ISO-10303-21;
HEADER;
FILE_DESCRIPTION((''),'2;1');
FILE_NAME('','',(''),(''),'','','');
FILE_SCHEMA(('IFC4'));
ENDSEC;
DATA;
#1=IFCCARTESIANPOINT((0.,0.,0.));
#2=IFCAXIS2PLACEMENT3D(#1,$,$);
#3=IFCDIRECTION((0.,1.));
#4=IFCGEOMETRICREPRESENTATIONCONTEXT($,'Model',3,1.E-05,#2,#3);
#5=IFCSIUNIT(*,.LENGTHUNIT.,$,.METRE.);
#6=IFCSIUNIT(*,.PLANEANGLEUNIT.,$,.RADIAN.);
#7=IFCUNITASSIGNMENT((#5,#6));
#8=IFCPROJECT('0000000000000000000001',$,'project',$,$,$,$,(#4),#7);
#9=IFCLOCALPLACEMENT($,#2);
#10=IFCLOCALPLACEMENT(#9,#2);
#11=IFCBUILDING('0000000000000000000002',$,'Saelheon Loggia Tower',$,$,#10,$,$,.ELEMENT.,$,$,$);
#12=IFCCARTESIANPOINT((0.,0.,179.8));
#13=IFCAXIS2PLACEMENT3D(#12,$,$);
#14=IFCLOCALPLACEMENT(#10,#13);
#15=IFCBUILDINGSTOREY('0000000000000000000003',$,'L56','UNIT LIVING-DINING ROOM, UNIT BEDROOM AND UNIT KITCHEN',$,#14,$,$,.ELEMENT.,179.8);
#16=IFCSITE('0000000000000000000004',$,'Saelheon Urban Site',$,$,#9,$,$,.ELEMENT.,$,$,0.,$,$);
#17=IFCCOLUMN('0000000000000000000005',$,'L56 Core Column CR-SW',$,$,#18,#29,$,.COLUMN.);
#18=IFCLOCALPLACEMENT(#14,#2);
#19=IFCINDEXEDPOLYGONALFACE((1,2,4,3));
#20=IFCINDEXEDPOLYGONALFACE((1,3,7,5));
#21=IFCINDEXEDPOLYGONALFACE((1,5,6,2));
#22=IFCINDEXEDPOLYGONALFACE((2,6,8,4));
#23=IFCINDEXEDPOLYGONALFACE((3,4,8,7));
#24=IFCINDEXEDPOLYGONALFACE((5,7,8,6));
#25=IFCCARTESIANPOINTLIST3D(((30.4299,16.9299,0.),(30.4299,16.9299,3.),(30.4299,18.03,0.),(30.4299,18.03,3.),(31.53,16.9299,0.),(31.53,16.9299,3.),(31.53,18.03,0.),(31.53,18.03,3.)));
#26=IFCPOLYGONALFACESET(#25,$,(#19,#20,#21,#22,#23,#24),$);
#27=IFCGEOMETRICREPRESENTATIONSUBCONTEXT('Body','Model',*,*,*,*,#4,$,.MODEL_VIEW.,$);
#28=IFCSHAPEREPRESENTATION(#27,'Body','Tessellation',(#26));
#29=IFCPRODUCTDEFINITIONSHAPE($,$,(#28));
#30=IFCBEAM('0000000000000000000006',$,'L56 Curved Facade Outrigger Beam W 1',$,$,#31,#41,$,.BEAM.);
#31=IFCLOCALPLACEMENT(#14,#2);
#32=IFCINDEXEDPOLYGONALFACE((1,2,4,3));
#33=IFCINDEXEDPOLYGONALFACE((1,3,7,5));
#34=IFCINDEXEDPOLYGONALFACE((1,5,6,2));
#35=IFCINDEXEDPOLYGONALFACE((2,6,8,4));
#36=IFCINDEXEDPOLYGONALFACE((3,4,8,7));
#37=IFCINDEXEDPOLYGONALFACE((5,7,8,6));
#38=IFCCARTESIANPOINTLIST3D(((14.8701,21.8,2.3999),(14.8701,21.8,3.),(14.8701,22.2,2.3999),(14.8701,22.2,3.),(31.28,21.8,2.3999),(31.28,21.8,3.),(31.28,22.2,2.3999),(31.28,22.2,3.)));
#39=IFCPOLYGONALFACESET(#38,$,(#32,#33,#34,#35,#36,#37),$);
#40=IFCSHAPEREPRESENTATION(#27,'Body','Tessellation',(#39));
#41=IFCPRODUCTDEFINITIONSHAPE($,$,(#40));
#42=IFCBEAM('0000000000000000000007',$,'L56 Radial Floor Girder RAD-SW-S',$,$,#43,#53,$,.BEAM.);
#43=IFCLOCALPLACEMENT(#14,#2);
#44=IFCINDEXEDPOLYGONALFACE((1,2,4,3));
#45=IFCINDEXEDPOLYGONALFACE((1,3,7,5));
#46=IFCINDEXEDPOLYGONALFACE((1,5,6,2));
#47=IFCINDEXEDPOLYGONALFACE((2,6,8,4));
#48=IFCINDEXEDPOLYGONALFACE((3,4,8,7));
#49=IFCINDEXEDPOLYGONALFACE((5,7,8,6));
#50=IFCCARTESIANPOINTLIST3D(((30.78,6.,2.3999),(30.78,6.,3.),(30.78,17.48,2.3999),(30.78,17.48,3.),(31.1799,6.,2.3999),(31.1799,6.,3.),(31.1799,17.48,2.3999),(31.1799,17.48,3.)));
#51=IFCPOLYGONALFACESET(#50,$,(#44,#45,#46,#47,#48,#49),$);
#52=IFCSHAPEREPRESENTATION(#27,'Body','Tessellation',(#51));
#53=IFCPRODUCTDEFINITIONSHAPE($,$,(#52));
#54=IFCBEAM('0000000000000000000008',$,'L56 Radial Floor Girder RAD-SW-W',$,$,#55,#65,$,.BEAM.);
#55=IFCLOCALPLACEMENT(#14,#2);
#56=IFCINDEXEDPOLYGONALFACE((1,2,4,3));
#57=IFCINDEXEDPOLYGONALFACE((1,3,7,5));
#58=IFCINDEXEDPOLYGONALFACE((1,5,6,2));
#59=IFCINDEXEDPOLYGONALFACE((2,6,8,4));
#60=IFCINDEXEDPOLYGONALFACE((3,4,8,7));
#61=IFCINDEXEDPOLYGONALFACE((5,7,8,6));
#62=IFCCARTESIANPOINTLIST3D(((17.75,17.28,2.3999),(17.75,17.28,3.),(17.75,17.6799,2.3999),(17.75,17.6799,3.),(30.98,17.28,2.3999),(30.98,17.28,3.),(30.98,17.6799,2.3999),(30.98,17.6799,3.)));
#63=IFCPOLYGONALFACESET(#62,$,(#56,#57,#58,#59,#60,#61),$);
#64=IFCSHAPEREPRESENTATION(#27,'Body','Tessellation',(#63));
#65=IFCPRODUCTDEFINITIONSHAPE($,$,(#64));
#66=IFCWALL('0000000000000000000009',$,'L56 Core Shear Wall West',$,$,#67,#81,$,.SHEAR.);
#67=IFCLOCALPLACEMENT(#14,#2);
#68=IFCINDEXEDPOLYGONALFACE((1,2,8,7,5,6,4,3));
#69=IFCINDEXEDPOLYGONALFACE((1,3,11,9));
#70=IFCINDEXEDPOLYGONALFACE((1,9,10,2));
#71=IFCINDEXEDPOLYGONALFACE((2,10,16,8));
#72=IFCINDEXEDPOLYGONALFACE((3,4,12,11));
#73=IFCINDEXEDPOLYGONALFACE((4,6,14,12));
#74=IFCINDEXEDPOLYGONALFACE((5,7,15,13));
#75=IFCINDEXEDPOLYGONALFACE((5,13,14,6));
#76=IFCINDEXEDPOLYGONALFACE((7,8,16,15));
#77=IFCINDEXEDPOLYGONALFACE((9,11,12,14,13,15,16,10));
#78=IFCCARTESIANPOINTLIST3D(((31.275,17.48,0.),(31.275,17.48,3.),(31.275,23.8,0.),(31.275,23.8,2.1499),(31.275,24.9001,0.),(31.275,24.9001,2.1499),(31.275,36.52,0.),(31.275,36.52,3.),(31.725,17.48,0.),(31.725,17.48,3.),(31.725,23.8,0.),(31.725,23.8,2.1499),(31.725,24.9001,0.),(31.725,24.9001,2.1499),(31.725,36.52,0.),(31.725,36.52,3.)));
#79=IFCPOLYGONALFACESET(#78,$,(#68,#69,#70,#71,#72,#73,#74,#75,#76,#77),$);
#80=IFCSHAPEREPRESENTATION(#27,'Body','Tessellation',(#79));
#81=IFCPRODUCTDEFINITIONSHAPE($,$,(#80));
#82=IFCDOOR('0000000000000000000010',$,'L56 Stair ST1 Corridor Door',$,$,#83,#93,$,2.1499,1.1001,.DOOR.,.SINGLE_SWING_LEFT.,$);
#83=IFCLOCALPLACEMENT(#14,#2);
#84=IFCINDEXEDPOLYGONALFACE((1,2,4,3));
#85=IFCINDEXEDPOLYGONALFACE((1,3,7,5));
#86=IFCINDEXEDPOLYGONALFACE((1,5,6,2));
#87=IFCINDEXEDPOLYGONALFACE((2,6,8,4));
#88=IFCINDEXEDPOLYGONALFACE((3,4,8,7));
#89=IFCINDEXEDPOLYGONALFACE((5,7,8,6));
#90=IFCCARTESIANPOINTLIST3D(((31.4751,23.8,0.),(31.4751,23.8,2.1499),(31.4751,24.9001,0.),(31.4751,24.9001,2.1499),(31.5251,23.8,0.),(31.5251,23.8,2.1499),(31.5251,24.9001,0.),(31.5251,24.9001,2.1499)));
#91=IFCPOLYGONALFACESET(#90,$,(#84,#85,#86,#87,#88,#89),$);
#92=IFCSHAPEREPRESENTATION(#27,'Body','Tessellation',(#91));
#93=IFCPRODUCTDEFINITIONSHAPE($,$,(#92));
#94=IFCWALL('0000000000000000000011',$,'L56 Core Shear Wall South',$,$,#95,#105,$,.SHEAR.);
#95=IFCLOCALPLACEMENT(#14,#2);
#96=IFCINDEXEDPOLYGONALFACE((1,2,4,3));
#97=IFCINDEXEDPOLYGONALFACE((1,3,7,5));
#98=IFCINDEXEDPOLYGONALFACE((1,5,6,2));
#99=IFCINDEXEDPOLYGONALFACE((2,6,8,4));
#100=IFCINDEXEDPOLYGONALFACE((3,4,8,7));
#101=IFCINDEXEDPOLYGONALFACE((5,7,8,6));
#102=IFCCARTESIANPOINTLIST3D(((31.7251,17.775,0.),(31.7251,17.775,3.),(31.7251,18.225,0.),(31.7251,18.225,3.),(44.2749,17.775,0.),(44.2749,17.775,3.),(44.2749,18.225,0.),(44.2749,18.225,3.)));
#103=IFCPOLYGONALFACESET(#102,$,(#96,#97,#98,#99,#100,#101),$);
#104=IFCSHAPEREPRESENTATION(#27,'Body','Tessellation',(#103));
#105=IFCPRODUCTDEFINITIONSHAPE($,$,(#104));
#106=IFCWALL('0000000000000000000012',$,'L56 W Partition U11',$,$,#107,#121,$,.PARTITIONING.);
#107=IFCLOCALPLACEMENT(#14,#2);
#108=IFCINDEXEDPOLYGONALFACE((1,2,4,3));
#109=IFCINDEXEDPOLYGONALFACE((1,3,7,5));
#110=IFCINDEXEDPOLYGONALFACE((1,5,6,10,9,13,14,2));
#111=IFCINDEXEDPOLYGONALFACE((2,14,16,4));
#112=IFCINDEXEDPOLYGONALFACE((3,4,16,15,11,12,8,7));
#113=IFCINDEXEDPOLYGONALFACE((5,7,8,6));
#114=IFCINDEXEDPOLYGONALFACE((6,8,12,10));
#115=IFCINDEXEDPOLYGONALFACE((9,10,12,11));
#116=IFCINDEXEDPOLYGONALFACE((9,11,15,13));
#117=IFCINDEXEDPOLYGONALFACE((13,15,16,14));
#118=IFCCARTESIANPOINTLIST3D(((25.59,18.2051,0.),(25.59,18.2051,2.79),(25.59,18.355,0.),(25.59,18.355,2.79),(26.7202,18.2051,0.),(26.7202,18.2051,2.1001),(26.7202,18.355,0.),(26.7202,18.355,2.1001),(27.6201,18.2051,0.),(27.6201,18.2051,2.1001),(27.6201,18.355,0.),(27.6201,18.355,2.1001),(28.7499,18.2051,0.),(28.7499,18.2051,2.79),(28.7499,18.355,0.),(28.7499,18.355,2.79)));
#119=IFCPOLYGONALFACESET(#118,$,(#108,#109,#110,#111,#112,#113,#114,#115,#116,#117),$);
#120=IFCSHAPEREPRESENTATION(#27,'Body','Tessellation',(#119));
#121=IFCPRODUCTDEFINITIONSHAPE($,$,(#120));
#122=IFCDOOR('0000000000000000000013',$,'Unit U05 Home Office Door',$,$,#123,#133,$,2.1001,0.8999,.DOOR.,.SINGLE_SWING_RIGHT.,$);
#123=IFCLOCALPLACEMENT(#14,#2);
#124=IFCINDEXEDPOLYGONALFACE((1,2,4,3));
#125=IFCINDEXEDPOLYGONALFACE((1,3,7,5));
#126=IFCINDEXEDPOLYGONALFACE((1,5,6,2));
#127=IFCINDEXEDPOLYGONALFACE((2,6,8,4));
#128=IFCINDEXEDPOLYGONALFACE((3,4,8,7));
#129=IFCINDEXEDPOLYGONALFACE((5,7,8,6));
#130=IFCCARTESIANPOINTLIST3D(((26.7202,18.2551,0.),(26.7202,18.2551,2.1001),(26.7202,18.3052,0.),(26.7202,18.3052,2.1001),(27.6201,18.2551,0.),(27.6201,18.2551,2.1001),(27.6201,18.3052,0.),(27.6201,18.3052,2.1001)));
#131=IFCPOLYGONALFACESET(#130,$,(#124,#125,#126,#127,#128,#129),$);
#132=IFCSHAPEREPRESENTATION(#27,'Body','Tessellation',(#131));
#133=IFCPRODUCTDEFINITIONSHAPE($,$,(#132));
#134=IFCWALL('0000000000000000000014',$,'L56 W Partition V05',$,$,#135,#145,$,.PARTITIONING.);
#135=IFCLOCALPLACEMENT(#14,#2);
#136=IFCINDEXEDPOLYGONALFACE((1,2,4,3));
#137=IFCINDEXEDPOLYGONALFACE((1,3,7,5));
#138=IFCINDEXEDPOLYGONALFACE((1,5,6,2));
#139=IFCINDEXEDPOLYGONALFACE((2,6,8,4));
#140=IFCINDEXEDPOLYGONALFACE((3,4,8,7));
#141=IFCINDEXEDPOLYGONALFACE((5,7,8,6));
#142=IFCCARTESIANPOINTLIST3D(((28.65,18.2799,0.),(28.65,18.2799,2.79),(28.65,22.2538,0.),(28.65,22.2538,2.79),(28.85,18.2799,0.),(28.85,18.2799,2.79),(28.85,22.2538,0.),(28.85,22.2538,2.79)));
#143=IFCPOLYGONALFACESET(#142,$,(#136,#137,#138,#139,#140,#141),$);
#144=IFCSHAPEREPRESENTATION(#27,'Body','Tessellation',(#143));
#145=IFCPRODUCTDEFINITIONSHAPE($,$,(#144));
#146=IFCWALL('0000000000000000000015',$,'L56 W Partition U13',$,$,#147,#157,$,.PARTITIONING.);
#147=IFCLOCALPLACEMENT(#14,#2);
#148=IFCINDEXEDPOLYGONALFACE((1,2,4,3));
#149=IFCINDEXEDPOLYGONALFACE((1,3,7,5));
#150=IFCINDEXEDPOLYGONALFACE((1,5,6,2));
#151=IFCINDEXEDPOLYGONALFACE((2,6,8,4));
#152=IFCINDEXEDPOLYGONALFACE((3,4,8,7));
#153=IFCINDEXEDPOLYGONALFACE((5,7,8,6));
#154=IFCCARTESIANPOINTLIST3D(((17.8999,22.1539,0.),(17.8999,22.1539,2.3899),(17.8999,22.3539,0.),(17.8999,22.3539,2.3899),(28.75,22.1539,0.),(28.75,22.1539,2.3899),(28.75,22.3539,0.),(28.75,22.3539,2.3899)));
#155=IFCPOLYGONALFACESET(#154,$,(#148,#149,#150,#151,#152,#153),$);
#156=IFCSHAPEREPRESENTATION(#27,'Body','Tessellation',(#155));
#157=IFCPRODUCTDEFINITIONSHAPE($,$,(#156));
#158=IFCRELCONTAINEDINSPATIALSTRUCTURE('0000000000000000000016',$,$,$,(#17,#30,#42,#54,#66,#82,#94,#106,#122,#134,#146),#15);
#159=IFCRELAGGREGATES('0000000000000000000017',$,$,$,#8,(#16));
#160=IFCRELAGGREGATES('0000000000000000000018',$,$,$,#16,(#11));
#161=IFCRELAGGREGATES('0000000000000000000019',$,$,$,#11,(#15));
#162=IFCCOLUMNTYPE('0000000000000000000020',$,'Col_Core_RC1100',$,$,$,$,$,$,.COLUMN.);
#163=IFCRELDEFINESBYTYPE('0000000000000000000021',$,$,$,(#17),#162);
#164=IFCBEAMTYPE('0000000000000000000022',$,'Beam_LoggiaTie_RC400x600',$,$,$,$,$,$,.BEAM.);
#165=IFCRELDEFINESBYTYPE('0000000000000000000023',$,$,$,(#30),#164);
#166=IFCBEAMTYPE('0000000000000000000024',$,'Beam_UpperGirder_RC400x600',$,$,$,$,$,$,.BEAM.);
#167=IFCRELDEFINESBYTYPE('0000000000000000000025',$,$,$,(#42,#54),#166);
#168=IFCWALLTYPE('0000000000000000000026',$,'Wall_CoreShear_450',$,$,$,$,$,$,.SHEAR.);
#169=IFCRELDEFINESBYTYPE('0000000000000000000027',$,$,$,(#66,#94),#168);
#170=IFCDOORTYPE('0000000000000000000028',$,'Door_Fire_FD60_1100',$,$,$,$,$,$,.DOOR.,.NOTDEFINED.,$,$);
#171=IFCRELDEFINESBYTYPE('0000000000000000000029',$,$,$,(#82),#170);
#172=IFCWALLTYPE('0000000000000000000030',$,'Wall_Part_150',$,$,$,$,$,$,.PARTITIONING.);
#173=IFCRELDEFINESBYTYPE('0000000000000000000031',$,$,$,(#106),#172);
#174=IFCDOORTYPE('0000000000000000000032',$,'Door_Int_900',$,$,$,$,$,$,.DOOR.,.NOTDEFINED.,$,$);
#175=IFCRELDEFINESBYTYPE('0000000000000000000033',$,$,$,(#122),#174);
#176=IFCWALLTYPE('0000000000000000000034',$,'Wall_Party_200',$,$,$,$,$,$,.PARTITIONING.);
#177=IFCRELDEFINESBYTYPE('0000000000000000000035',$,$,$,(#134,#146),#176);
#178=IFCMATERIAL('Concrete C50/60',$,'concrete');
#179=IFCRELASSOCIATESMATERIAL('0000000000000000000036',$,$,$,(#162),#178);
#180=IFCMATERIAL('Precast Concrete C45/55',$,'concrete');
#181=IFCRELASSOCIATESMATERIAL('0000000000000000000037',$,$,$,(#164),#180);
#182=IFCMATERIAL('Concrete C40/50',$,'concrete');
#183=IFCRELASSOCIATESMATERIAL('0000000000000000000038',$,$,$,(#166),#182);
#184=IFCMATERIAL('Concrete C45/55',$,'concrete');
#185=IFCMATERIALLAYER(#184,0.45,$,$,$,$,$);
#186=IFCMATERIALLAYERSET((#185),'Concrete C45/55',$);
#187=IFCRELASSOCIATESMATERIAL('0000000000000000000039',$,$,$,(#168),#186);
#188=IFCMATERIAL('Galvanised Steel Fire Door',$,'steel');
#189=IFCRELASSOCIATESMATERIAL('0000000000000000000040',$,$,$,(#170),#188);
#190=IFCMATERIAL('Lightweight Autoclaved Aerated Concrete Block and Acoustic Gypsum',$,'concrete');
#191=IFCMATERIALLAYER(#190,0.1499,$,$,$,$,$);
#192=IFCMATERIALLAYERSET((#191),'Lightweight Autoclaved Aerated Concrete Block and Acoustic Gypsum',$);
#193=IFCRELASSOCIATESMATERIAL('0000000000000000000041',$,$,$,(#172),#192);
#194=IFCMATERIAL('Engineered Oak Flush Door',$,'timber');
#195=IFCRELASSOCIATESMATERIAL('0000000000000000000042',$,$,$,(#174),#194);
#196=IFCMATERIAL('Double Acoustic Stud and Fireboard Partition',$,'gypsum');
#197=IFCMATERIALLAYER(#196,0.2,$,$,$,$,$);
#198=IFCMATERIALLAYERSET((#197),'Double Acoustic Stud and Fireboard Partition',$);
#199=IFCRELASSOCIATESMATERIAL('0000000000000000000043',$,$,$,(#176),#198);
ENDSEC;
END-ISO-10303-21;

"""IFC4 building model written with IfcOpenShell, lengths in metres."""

from ifc_helpers import new_model, si_unit, direction, frame, frame_2d, origin, origin_2d, place, context, subcontext, project, spatial, rectangle, extrude, source, transform, mapped, material, layer, layer_set, material_profile, profile_set, type_object, element, fill, save


model = new_model("IFC4")

# Units and contexts
model_context = context("Model", 3, precision=1e-05, world=origin(), true_north=direction((0.0, 1.0)))
body_context = subcontext(model_context, "Body", "Model", "MODEL_VIEW")
ifc_project = project(units=[si_unit("LENGTHUNIT", "METRE"), si_unit("PLANEANGLEUNIT", "RADIAN")], contexts=[model_context])

# Site, building, storey
site_placement = place(None, origin())
site = spatial("IfcSite", under=ifc_project, at=site_placement, Name="Saelheon Urban Site", CompositionType="ELEMENT", RefElevation=0.0)
building_placement = place(site_placement, origin())
building = spatial("IfcBuilding", under=site, at=building_placement, Name="Saelheon Loggia Tower", CompositionType="ELEMENT")
storey_placement = place(building_placement, frame((0.0, 0.0, 179.8)))
storey = spatial("IfcBuildingStorey", under=building, at=storey_placement, Name="L56", Description="UNIT LIVING-DINING ROOM, UNIT BEDROOM AND UNIT KITCHEN", CompositionType="ELEMENT", Elevation=179.8)

# Column
ifc_material_1 = material(Name="Concrete C50/60", Category="concrete")
ifc_material_profile_1 = material_profile(ifc_material_1, rectangle(XDim=1.1001, YDim=1.1001, at=origin_2d()), Name="RC-1100x1100")
ifc_profile_set_1 = profile_set([ifc_material_profile_1], Name="Concrete C50/60")
column_type = type_object("IfcColumnType", Name="Col_Core_RC1100", PredefinedType="COLUMN", material=ifc_profile_set_1)
shared_shape_1 = source(origin(), body_context, "Body", "SweptSolid", [
    extrude(rectangle(XDim=1.1001, YDim=1.1001, at=origin_2d()), origin(), (0.0, 0.0, 1.0), 3.0),
])
column_placement = place(storey_placement, frame((30.98, 17.48, 0.0), z_axis=(0.0, 0.0, 1.0), x_axis=(1.0, 0.0, 0.0)))
element("IfcColumn", 1, at=column_placement, inside=storey, type_object=column_type, Name="L56 Core Column CR-SW", PredefinedType="COLUMN", context=body_context, shape_type="MappedRepresentation", body=[
    mapped(shared_shape_1, transform((0.0, 0.0, 0.0), scale=1.0)),
])

# Beams
ifc_material_2 = material(Name="Precast Concrete C45/55", Category="concrete")
ifc_material_profile_2 = material_profile(ifc_material_2, rectangle(XDim=0.3999, YDim=0.6001, at=origin_2d()), Name="RC-400x600")
ifc_profile_set_2 = profile_set([ifc_material_profile_2], Name="Precast Concrete C45/55")
beam_type_1 = type_object("IfcBeamType", Name="Beam_LoggiaTie_RC400x600", PredefinedType="BEAM", material=ifc_profile_set_2)
shared_shape_2 = source(origin(), body_context, "Body", "SweptSolid", [
    extrude(rectangle(XDim=0.3999, YDim=0.6001, at=origin_2d()), origin(), (0.0, 0.0, 1.0), 16.4099),
])
beam_1_placement = place(storey_placement, frame((31.28, 22.0, 2.7), z_axis=(-1.0, 0.0, 0.0), x_axis=(0.0, -1.0, 0.0)))
element("IfcBeam", 2, at=beam_1_placement, inside=storey, type_object=beam_type_1, Name="L56 Curved Facade Outrigger Beam W 1", PredefinedType="BEAM", context=body_context, shape_type="MappedRepresentation", body=[
    mapped(shared_shape_2, transform((0.0, 0.0, 0.0), scale=1.0)),
])
ifc_material_3 = material(Name="Concrete C40/50", Category="concrete")
ifc_material_profile_3 = material_profile(ifc_material_3, rectangle(XDim=0.3999, YDim=0.6001, at=origin_2d()), Name="RC-400x600")
ifc_profile_set_3 = profile_set([ifc_material_profile_3], Name="Concrete C40/50")
beam_type_2 = type_object("IfcBeamType", Name="Beam_UpperGirder_RC400x600", PredefinedType="BEAM", material=ifc_profile_set_3)
shared_shape_3 = source(origin(), body_context, "Body", "SweptSolid", [
    extrude(rectangle(XDim=0.3999, YDim=0.6001, at=origin_2d()), origin(), (0.0, 0.0, 1.0), 11.48),
])
beam_2_placement = place(storey_placement, frame((30.98, 17.48, 2.7), z_axis=(0.0, -1.0, 0.0), x_axis=(1.0, 0.0, 0.0)))
element("IfcBeam", 3, at=beam_2_placement, inside=storey, type_object=beam_type_2, Name="L56 Radial Floor Girder RAD-SW-S", PredefinedType="BEAM", context=body_context, shape_type="MappedRepresentation", body=[
    mapped(shared_shape_3, transform((0.0, 0.0, 0.0), scale=1.0)),
])
shared_shape_4 = source(origin(), body_context, "Body", "SweptSolid", [
    extrude(rectangle(XDim=0.3999, YDim=0.6001, at=origin_2d()), origin(), (0.0, 0.0, 1.0), 13.23),
])
beam_3_placement = place(storey_placement, frame((30.98, 17.48, 2.7), z_axis=(-1.0, 0.0, 0.0), x_axis=(0.0, -1.0, 0.0)))
element("IfcBeam", 4, at=beam_3_placement, inside=storey, type_object=beam_type_2, Name="L56 Radial Floor Girder RAD-SW-W", PredefinedType="BEAM", context=body_context, shape_type="MappedRepresentation", body=[
    mapped(shared_shape_4, transform((0.0, 0.0, 0.0), scale=1.0)),
])

# Wall, opening, door
ifc_material_4 = material(Name="Concrete C45/55", Category="concrete")
ifc_layer_1 = layer(ifc_material_4, 0.45)
ifc_layer_set_1 = layer_set([ifc_layer_1], Name="Concrete C45/55")
wall_type_1 = type_object("IfcWallType", Name="Wall_CoreShear_450", PredefinedType="SHEAR", material=ifc_layer_set_1)
wall_1_placement = place(storey_placement, frame((31.5, 17.48, 0.0), z_axis=(0.0, 0.0, 1.0), x_axis=(0.0, 1.0, 0.0)))
wall_1 = element("IfcWall", 5, at=wall_1_placement, inside=storey, type_object=wall_type_1, Name="L56 Core Shear Wall West", PredefinedType="SHEAR", context=body_context, shape_type="SweptSolid", body=[
    extrude(rectangle(XDim=19.04, YDim=0.45, at=frame_2d((9.52, 0.0))), origin(), (0.0, 0.0, 1.0), 3.0),
])
opening_1_placement = place(wall_1_placement, frame((6.3201, 0.0, 0.0)))
opening_1 = element("IfcOpeningElement", 6, at=opening_1_placement, cuts=wall_1, PredefinedType="OPENING", context=body_context, shape_type="SweptSolid", body=[
    extrude(rectangle(XDim=1.1001, YDim=2.1499, at=frame_2d((0.55, 1.075))), frame((0.0, 0.2371, 0.0), z_axis=(0.0, -1.0, 0.0), x_axis=(1.0, 0.0, 0.0)), (0.0, 0.0, 1.0), 0.4739),
])
ifc_material_5 = material(Name="Galvanised Steel Fire Door", Category="steel")
door_type_1 = type_object("IfcDoorType", Name="Door_Fire_FD60_1100", OperationType="NOTDEFINED", PredefinedType="DOOR", material=ifc_material_5)
shared_shape_5 = source(origin(), body_context, "Body", "SweptSolid", [
    extrude(rectangle(XDim=1.1001, YDim=2.1499, at=frame_2d((0.55, 1.075))), frame((0.0, 0.0249, 0.0), z_axis=(0.0, -1.0, 0.0), x_axis=(1.0, 0.0, 0.0)), (0.0, 0.0, 1.0), 0.05),
])
door_1_placement = place(opening_1_placement, origin())
door_1 = element("IfcDoor", 7, at=door_1_placement, inside=storey, type_object=door_type_1, Name="L56 Stair ST1 Corridor Door", OperationType="SINGLE_SWING_LEFT", OverallHeight=2.1499, OverallWidth=1.1001, PredefinedType="DOOR", context=body_context, shape_type="MappedRepresentation", body=[
    mapped(shared_shape_5, transform((0.0, 0.0, 0.0), scale=1.0)),
])
fill(opening_1, door_1)

# Wall
wall_2_placement = place(storey_placement, frame((31.7251, 18.0, 0.0), z_axis=(0.0, 0.0, 1.0), x_axis=(1.0, 0.0, 0.0)))
element("IfcWall", 8, at=wall_2_placement, inside=storey, type_object=wall_type_1, Name="L56 Core Shear Wall South", PredefinedType="SHEAR", context=body_context, shape_type="SweptSolid", body=[
    extrude(rectangle(XDim=12.5498, YDim=0.45, at=frame_2d((6.2749, 0.0))), origin(), (0.0, 0.0, 1.0), 3.0),
])

# Wall, opening, door
ifc_material_6 = material(Name="Lightweight Autoclaved Aerated Concrete Block and Acoustic Gypsum", Category="concrete")
ifc_layer_2 = layer(ifc_material_6, 0.1499)
ifc_layer_set_2 = layer_set([ifc_layer_2], Name="Lightweight Autoclaved Aerated Concrete Block and Acoustic Gypsum")
wall_type_2 = type_object("IfcWallType", Name="Wall_Part_150", PredefinedType="PARTITIONING", material=ifc_layer_set_2)
wall_3_placement = place(storey_placement, frame((28.75, 18.28, 0.0), z_axis=(0.0, 0.0, 1.0), x_axis=(-1.0, 0.0, 0.0)))
wall_3 = element("IfcWall", 9, at=wall_3_placement, inside=storey, type_object=wall_type_2, Name="L56 W Partition U11", PredefinedType="PARTITIONING", context=body_context, shape_type="SweptSolid", body=[
    extrude(rectangle(XDim=3.1599, YDim=0.1499, at=frame_2d((1.5801, 0.0))), origin(), (0.0, 0.0, 1.0), 2.79),
])
opening_2_placement = place(wall_3_placement, frame((1.1299, 0.0, 0.0)))
opening_2 = element("IfcOpeningElement", 10, at=opening_2_placement, cuts=wall_3, PredefinedType="OPENING", context=body_context, shape_type="SweptSolid", body=[
    extrude(rectangle(XDim=0.8999, YDim=2.1001, at=frame_2d((0.45, 1.05))), frame((0.0, 0.0869, 0.0), z_axis=(0.0, -1.0, 0.0), x_axis=(1.0, 0.0, 0.0)), (0.0, 0.0, 1.0), 0.1738),
])
ifc_material_7 = material(Name="Engineered Oak Flush Door", Category="timber")
door_type_2 = type_object("IfcDoorType", Name="Door_Int_900", OperationType="NOTDEFINED", PredefinedType="DOOR", material=ifc_material_7)
shared_shape_6 = source(origin(), body_context, "Body", "SweptSolid", [
    extrude(rectangle(XDim=0.8999, YDim=2.1001, at=frame_2d((0.45, 1.05))), frame((0.0, 0.0249, 0.0), z_axis=(0.0, -1.0, 0.0), x_axis=(1.0, 0.0, 0.0)), (0.0, 0.0, 1.0), 0.05),
])
door_2_placement = place(opening_2_placement, origin())
door_2 = element("IfcDoor", 11, at=door_2_placement, inside=storey, type_object=door_type_2, Name="Unit U05 Home Office Door", OperationType="SINGLE_SWING_RIGHT", OverallHeight=2.1001, OverallWidth=0.8999, PredefinedType="DOOR", context=body_context, shape_type="MappedRepresentation", body=[
    mapped(shared_shape_6, transform((0.0, 0.0, 0.0), scale=1.0)),
])
fill(opening_2, door_2)
ifc_material_8 = material(Name="Double Acoustic Stud and Fireboard Partition", Category="gypsum")
ifc_layer_3 = layer(ifc_material_8, 0.2)
ifc_layer_set_3 = layer_set([ifc_layer_3], Name="Double Acoustic Stud and Fireboard Partition")
wall_type_3 = type_object("IfcWallType", Name="Wall_Party_200", PredefinedType="PARTITIONING", material=ifc_layer_set_3)

# Walls
wall_4_placement = place(storey_placement, frame((28.75, 18.28, 0.0), z_axis=(0.0, 0.0, 1.0), x_axis=(0.0, 1.0, 0.0)))
element("IfcWall", 12, at=wall_4_placement, inside=storey, type_object=wall_type_3, Name="L56 W Partition V05", PredefinedType="PARTITIONING", context=body_context, shape_type="SweptSolid", body=[
    extrude(rectangle(XDim=3.9739, YDim=0.2, at=frame_2d((1.9868, 0.0))), origin(), (0.0, 0.0, 1.0), 2.79),
])
wall_5_placement = place(storey_placement, frame((28.75, 22.2539, 0.0), z_axis=(0.0, 0.0, 1.0), x_axis=(-1.0, 0.0, 0.0)))
element("IfcWall", 13, at=wall_5_placement, inside=storey, type_object=wall_type_3, Name="L56 W Partition U13", PredefinedType="PARTITIONING", context=body_context, shape_type="SweptSolid", body=[
    extrude(rectangle(XDim=10.8501, YDim=0.2, at=frame_2d((5.425, 0.0))), origin(), (0.0, 0.0, 1.0), 2.3899),
])

save(model, "model.ifc")
